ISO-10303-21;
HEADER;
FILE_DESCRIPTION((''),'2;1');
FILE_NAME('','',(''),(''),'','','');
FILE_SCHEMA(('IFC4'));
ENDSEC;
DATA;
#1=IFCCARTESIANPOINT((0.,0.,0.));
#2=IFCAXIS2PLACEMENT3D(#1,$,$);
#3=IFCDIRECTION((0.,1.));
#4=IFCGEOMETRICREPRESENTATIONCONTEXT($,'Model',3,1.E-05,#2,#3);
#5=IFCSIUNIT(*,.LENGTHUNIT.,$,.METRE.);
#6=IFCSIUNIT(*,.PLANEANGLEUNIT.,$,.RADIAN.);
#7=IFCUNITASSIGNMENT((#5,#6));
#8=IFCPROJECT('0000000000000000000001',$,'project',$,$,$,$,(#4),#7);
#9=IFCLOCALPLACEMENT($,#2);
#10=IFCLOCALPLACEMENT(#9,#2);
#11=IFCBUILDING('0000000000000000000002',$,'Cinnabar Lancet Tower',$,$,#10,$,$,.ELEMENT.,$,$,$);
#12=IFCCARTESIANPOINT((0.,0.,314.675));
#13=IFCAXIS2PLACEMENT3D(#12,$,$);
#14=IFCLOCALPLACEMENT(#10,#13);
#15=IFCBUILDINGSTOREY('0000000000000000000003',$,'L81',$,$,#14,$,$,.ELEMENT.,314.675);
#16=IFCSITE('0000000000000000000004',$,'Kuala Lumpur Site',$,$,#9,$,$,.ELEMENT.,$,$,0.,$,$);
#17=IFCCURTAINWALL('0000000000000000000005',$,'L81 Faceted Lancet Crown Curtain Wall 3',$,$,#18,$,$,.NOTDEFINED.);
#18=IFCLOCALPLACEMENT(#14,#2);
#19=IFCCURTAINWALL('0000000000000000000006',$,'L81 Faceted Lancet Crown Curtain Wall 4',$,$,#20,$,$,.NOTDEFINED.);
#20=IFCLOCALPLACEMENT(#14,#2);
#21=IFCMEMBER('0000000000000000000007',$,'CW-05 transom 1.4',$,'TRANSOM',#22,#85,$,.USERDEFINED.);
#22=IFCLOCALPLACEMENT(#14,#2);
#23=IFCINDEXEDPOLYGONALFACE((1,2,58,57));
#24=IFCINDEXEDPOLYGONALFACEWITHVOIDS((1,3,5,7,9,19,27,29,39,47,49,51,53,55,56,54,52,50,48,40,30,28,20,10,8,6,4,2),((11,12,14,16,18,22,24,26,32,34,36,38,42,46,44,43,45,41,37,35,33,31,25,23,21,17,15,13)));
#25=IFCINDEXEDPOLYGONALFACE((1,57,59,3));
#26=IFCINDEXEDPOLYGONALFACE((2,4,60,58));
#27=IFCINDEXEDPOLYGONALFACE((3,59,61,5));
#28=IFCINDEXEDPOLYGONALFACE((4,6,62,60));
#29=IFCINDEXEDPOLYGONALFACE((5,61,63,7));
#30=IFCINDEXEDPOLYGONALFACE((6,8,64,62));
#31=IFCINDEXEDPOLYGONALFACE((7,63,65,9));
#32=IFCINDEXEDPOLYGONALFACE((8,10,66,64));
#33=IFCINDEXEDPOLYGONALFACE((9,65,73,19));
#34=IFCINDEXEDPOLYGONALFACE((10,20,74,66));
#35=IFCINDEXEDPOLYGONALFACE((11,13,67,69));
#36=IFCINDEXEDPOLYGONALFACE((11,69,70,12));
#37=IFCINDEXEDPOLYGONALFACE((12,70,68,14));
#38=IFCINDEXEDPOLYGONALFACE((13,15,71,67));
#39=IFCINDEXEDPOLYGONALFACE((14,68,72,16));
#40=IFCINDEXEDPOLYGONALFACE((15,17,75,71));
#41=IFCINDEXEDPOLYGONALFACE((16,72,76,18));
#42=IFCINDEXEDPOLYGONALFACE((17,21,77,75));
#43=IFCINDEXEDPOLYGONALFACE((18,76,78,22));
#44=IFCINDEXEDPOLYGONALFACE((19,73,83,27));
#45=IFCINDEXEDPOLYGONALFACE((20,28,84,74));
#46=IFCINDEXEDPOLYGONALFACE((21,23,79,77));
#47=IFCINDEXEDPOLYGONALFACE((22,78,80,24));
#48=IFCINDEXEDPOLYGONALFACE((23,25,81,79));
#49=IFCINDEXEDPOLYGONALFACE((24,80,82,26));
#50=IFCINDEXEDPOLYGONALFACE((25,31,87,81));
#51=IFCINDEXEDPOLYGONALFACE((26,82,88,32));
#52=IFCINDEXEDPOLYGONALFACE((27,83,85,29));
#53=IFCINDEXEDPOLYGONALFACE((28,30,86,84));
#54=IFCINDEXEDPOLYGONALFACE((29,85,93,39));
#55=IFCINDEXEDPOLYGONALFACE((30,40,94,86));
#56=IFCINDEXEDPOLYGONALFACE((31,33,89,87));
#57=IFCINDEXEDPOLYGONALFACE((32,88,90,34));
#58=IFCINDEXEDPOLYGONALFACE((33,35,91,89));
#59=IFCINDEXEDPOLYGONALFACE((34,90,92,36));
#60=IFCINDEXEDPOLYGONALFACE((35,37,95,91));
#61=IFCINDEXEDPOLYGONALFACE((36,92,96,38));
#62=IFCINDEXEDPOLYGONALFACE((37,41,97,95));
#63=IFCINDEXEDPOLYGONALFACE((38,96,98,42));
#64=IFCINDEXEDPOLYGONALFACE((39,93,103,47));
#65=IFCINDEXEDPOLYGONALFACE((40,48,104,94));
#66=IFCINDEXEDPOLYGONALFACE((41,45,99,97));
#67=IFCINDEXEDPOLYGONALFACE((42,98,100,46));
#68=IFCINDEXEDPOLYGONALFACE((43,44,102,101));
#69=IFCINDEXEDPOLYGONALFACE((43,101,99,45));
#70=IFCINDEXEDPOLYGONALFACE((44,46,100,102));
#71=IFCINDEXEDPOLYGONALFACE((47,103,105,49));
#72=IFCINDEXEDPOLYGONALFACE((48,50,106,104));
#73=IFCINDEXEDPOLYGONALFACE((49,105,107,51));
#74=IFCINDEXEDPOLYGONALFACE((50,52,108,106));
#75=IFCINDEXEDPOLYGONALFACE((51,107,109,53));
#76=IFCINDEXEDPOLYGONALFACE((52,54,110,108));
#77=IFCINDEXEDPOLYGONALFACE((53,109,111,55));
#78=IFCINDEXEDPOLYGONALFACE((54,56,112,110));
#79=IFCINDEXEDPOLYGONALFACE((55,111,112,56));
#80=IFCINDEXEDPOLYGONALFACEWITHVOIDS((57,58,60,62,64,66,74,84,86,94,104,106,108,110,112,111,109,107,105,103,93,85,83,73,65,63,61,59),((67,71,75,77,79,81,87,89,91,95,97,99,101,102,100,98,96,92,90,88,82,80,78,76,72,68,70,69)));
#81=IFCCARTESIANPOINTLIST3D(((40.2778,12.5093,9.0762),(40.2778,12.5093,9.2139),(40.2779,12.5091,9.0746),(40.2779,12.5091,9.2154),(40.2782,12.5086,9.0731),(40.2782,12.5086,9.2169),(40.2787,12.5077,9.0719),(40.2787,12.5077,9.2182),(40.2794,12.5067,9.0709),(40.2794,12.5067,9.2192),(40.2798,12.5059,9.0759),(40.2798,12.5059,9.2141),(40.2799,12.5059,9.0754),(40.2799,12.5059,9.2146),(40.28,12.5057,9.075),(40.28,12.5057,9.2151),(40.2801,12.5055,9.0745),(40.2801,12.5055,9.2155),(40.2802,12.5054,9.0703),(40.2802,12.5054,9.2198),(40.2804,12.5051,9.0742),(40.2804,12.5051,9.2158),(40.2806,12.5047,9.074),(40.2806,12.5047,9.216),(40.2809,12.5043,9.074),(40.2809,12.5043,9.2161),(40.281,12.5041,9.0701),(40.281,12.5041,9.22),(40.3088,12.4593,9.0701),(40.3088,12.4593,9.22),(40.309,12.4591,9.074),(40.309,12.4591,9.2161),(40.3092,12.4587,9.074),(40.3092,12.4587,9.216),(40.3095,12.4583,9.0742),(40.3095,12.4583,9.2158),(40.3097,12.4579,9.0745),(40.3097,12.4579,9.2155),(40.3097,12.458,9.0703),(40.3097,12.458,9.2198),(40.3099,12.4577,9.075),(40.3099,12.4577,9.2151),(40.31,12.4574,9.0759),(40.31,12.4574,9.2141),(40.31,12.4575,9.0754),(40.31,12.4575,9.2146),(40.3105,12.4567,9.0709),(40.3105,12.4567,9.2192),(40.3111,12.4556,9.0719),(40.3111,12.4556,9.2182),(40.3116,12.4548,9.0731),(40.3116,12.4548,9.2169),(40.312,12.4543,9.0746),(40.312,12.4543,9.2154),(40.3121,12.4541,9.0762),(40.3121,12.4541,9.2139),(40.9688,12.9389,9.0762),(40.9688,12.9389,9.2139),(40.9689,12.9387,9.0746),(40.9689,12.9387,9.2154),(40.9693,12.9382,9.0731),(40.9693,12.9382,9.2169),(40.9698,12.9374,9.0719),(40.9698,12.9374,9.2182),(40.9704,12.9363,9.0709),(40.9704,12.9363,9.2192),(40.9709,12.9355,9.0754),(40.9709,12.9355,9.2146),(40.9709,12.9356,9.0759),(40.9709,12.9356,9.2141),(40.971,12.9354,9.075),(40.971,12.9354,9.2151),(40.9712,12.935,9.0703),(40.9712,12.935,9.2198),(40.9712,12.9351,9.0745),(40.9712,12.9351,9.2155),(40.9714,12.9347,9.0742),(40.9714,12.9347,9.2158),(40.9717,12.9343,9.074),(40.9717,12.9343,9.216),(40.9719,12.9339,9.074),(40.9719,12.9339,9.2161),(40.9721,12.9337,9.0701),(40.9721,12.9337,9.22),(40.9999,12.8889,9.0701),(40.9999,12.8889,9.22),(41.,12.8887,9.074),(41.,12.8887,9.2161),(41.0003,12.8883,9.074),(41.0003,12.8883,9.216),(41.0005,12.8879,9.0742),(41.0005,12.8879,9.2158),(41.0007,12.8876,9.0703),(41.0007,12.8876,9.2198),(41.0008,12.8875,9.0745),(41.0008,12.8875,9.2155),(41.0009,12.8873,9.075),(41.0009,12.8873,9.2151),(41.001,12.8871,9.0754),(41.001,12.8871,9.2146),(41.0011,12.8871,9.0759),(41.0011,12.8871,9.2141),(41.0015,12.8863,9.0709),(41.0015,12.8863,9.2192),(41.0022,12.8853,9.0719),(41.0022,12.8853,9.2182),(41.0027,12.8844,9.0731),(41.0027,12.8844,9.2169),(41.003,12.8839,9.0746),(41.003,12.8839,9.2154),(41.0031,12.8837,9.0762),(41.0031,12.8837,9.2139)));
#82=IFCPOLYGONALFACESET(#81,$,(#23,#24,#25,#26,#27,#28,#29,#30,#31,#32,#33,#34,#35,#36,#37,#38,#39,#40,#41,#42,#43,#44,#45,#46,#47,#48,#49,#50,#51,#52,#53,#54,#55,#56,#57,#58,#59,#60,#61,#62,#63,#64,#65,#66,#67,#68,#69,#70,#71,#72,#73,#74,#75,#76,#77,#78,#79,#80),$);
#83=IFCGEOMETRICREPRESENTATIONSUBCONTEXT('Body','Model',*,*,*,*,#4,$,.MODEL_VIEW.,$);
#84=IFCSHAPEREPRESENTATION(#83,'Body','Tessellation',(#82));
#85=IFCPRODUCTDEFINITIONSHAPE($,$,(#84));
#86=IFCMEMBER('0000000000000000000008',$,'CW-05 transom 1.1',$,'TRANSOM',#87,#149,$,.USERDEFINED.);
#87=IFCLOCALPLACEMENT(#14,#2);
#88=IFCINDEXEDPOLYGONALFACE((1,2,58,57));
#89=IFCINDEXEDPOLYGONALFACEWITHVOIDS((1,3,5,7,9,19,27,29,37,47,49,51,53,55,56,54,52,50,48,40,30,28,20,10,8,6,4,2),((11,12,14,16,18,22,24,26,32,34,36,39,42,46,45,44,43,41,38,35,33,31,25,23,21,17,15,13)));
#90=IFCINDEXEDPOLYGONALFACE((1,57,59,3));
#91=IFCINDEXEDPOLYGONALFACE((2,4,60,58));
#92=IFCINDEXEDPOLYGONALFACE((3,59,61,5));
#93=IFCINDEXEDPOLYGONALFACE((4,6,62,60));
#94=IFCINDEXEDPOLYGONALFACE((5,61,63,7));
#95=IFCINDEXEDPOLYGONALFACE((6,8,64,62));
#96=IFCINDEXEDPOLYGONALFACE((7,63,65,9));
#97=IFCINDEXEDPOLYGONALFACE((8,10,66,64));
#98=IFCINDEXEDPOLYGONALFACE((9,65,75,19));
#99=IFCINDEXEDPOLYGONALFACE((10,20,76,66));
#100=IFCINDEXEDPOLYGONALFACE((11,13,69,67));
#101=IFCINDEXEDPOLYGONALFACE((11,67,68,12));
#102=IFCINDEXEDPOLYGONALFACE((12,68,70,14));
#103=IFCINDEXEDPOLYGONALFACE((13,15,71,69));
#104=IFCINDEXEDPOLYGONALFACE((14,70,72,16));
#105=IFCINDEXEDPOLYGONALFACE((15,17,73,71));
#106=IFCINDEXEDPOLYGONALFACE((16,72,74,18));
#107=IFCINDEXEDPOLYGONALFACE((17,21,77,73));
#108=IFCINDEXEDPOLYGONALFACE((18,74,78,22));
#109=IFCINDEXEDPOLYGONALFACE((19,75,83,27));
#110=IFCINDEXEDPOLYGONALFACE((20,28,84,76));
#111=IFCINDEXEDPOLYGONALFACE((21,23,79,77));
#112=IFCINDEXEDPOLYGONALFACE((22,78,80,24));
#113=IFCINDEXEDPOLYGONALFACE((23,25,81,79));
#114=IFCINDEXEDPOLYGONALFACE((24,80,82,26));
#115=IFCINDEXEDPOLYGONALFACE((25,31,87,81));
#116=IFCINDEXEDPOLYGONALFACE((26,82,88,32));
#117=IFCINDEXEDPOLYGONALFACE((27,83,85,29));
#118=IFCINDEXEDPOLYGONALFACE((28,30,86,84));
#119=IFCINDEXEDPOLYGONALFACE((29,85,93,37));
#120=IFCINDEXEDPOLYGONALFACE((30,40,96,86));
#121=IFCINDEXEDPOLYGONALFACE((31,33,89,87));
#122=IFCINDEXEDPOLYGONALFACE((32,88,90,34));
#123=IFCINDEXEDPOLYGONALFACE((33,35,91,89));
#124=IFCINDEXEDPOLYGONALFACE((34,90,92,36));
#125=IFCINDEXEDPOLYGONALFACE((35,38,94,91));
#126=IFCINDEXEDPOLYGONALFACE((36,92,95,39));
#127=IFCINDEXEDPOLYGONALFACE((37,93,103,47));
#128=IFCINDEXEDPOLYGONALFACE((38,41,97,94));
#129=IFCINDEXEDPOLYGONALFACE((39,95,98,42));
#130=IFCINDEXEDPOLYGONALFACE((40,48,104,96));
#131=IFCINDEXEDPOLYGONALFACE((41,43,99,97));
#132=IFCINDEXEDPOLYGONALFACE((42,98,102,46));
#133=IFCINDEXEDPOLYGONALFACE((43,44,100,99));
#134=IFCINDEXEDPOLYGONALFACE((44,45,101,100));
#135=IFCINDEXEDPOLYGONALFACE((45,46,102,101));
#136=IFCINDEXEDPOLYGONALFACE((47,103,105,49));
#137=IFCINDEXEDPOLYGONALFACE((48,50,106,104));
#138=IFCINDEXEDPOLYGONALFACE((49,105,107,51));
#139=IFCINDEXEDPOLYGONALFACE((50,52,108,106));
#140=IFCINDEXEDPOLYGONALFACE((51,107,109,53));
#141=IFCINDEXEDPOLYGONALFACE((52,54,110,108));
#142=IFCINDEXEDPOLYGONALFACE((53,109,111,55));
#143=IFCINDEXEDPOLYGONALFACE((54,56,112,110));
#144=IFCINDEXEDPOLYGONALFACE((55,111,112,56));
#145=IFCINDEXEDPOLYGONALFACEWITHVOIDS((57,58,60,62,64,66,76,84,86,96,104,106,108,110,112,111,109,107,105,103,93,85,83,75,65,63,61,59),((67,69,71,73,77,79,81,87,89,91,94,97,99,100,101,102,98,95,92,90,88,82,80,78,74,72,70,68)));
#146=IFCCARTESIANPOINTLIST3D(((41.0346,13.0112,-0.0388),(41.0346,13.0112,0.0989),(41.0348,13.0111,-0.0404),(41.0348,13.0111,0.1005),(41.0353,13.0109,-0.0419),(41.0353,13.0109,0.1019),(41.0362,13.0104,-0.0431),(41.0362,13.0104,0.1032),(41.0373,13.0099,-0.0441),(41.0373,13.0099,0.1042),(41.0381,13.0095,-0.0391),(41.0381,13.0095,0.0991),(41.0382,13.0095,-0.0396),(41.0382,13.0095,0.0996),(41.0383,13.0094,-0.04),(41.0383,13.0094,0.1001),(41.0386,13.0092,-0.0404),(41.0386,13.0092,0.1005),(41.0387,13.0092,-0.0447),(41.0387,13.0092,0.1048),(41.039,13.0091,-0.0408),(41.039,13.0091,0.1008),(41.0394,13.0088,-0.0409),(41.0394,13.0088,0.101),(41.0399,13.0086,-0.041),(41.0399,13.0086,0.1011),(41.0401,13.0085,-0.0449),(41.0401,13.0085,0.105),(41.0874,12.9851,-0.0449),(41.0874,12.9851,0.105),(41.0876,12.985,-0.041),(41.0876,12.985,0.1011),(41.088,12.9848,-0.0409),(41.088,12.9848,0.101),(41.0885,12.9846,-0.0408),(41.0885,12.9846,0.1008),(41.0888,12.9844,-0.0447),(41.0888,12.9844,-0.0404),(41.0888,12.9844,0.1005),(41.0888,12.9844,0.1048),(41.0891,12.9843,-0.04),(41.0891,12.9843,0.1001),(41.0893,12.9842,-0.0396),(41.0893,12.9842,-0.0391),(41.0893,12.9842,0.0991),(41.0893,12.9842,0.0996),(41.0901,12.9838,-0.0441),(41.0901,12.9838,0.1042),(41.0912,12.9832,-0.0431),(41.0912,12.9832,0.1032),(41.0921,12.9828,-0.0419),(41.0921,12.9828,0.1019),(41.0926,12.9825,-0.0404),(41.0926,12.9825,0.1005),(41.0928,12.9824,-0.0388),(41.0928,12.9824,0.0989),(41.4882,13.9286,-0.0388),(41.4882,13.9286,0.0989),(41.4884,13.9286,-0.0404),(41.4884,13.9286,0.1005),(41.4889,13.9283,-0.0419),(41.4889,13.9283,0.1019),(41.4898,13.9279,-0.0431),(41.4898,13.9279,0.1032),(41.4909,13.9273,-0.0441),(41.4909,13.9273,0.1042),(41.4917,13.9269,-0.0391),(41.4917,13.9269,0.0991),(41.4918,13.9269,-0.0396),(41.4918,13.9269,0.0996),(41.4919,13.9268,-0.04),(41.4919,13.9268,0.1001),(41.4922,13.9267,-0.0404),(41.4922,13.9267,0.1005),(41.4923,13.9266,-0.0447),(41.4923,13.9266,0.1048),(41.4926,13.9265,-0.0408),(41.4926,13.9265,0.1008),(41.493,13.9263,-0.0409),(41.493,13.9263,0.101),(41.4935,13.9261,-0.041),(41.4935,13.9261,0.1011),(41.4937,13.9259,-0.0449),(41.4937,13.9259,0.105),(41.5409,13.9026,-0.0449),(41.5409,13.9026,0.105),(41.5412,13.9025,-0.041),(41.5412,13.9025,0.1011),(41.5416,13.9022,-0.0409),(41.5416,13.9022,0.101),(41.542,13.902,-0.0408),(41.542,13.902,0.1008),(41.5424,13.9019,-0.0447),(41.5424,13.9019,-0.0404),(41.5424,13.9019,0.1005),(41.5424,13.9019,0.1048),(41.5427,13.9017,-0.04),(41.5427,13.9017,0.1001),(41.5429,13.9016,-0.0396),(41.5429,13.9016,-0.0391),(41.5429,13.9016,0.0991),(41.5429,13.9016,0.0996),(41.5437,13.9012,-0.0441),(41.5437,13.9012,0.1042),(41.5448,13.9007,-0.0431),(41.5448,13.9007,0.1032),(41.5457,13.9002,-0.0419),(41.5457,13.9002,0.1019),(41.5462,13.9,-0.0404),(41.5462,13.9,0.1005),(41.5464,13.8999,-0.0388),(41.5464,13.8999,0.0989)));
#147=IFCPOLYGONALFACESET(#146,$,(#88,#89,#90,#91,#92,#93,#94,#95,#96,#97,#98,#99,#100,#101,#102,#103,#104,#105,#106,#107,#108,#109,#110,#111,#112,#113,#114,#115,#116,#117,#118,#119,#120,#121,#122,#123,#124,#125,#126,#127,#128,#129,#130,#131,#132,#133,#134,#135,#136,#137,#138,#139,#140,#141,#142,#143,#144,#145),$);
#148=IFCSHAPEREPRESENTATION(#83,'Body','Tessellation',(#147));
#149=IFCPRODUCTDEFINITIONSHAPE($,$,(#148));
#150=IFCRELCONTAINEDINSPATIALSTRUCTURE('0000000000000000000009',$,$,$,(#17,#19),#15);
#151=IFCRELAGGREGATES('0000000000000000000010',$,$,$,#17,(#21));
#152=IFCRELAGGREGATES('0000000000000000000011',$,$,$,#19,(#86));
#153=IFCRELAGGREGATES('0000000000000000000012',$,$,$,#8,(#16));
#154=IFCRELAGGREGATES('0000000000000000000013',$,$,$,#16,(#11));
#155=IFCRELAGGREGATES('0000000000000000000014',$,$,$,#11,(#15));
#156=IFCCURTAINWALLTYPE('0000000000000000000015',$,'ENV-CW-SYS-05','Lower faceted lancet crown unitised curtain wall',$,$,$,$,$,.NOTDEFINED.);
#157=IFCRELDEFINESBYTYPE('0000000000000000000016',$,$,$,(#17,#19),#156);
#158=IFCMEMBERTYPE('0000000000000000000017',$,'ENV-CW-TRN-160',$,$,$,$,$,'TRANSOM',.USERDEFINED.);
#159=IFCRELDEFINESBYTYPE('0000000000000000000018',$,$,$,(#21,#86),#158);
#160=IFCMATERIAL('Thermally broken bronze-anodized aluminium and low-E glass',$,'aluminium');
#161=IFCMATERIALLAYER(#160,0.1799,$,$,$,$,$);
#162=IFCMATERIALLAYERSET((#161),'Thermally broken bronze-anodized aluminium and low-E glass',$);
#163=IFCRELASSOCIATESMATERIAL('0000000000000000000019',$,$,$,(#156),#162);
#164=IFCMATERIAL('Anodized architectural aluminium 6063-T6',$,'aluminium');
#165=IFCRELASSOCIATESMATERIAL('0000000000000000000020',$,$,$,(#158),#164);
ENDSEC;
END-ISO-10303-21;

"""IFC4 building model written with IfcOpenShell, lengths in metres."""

from ifc_helpers import new_model, si_unit, direction, frame, origin, origin_2d, place, context, subcontext, project, spatial, hollow_rectangle, extrude, material, layer, layer_set, material_profile, profile_set, type_object, element, aggregate, save


model = new_model("IFC4")

# Units and contexts
model_context = context("Model", 3, precision=1e-05, world=origin(), true_north=direction((0.0, 1.0)))
body_context = subcontext(model_context, "Body", "Model", "MODEL_VIEW")
ifc_project = project(units=[si_unit("LENGTHUNIT", "METRE"), si_unit("PLANEANGLEUNIT", "RADIAN")], contexts=[model_context])

# Site, building, storey
site_placement = place(None, origin())
site = spatial("IfcSite", under=ifc_project, at=site_placement, Name="Kuala Lumpur Site", CompositionType="ELEMENT", RefElevation=0.0)
building_placement = place(site_placement, origin())
building = spatial("IfcBuilding", under=site, at=building_placement, Name="Cinnabar Lancet Tower", CompositionType="ELEMENT")
storey_placement = place(building_placement, frame((0.0, 0.0, 314.675)))
storey = spatial("IfcBuildingStorey", under=building, at=storey_placement, Name="L81", CompositionType="ELEMENT", Elevation=314.675)

# Curtain walls
ifc_material_1 = material(Name="Thermally broken bronze-anodized aluminium and low-E glass", Category="aluminium")
ifc_layer_1 = layer(ifc_material_1, 0.1799)
ifc_layer_set_1 = layer_set([ifc_layer_1], Name="Thermally broken bronze-anodized aluminium and low-E glass")
curtain_wall_type = type_object("IfcCurtainWallType", Name="ENV-CW-SYS-05", Description="Lower faceted lancet crown unitised curtain wall", PredefinedType="NOTDEFINED", material=ifc_layer_set_1)
curtain_wall_1_placement = place(storey_placement, origin())
curtain_wall_1 = element("IfcCurtainWall", 1, at=curtain_wall_1_placement, inside=storey, type_object=curtain_wall_type, Name="L81 Faceted Lancet Crown Curtain Wall 3", PredefinedType="NOTDEFINED")
curtain_wall_2_placement = place(storey_placement, origin())
curtain_wall_2 = element("IfcCurtainWall", 2, at=curtain_wall_2_placement, inside=storey, type_object=curtain_wall_type, Name="L81 Faceted Lancet Crown Curtain Wall 4", PredefinedType="NOTDEFINED")

# Members
ifc_material_2 = material(Name="Anodized architectural aluminium 6063-T6", Category="aluminium")
ifc_material_profile_1 = material_profile(ifc_material_2, hollow_rectangle(XDim=0.0649, YDim=0.1499, WallThickness=0.0039, InnerFilletRadius=0.002, OuterFilletRadius=0.0061, at=origin_2d()), Name="CW-TRN 150x65x4")
ifc_profile_set_1 = profile_set([ifc_material_profile_1], Name="Anodized architectural aluminium 6063-T6")
member_type_1 = type_object("IfcMemberType", Name="ENV-CW-TRN-160", ElementType="TRANSOM", PredefinedType="USERDEFINED", material=ifc_profile_set_1)
member_1_placement = place(storey_placement, frame((40.2949, 12.4817, 9.145), z_axis=(0.84926, 0.527975, 0.0), x_axis=(-0.527975, 0.84926, 0.0)))
member_1 = element("IfcMember", 3, at=member_1_placement, type_object=member_type_1, Name="CW-05 transom 1.4", ObjectType="TRANSOM", PredefinedType="USERDEFINED", context=body_context, shape_type="SweptSolid", body=[
    extrude(hollow_rectangle(XDim=0.0649, YDim=0.1499, WallThickness=0.0039, InnerFilletRadius=0.002, OuterFilletRadius=0.0061, at=origin_2d()), origin(), (0.0, 0.0, 1.0), 0.8137),
])
member_2_placement = place(storey_placement, frame((41.0637, 12.9968, 0.03), z_axis=(0.443202, 0.896422, 0.0), x_axis=(-0.896422, 0.443202, 0.0)))
member_2 = element("IfcMember", 4, at=member_2_placement, type_object=member_type_1, Name="CW-05 transom 1.1", ObjectType="TRANSOM", PredefinedType="USERDEFINED", context=body_context, shape_type="SweptSolid", body=[
    extrude(hollow_rectangle(XDim=0.0649, YDim=0.1499, WallThickness=0.0039, InnerFilletRadius=0.002, OuterFilletRadius=0.0061, at=origin_2d()), origin(), (0.0, 0.0, 1.0), 1.0234),
])

aggregate(curtain_wall_1, [member_1])
aggregate(curtain_wall_2, [member_2])

save(model, "model.ifc")
